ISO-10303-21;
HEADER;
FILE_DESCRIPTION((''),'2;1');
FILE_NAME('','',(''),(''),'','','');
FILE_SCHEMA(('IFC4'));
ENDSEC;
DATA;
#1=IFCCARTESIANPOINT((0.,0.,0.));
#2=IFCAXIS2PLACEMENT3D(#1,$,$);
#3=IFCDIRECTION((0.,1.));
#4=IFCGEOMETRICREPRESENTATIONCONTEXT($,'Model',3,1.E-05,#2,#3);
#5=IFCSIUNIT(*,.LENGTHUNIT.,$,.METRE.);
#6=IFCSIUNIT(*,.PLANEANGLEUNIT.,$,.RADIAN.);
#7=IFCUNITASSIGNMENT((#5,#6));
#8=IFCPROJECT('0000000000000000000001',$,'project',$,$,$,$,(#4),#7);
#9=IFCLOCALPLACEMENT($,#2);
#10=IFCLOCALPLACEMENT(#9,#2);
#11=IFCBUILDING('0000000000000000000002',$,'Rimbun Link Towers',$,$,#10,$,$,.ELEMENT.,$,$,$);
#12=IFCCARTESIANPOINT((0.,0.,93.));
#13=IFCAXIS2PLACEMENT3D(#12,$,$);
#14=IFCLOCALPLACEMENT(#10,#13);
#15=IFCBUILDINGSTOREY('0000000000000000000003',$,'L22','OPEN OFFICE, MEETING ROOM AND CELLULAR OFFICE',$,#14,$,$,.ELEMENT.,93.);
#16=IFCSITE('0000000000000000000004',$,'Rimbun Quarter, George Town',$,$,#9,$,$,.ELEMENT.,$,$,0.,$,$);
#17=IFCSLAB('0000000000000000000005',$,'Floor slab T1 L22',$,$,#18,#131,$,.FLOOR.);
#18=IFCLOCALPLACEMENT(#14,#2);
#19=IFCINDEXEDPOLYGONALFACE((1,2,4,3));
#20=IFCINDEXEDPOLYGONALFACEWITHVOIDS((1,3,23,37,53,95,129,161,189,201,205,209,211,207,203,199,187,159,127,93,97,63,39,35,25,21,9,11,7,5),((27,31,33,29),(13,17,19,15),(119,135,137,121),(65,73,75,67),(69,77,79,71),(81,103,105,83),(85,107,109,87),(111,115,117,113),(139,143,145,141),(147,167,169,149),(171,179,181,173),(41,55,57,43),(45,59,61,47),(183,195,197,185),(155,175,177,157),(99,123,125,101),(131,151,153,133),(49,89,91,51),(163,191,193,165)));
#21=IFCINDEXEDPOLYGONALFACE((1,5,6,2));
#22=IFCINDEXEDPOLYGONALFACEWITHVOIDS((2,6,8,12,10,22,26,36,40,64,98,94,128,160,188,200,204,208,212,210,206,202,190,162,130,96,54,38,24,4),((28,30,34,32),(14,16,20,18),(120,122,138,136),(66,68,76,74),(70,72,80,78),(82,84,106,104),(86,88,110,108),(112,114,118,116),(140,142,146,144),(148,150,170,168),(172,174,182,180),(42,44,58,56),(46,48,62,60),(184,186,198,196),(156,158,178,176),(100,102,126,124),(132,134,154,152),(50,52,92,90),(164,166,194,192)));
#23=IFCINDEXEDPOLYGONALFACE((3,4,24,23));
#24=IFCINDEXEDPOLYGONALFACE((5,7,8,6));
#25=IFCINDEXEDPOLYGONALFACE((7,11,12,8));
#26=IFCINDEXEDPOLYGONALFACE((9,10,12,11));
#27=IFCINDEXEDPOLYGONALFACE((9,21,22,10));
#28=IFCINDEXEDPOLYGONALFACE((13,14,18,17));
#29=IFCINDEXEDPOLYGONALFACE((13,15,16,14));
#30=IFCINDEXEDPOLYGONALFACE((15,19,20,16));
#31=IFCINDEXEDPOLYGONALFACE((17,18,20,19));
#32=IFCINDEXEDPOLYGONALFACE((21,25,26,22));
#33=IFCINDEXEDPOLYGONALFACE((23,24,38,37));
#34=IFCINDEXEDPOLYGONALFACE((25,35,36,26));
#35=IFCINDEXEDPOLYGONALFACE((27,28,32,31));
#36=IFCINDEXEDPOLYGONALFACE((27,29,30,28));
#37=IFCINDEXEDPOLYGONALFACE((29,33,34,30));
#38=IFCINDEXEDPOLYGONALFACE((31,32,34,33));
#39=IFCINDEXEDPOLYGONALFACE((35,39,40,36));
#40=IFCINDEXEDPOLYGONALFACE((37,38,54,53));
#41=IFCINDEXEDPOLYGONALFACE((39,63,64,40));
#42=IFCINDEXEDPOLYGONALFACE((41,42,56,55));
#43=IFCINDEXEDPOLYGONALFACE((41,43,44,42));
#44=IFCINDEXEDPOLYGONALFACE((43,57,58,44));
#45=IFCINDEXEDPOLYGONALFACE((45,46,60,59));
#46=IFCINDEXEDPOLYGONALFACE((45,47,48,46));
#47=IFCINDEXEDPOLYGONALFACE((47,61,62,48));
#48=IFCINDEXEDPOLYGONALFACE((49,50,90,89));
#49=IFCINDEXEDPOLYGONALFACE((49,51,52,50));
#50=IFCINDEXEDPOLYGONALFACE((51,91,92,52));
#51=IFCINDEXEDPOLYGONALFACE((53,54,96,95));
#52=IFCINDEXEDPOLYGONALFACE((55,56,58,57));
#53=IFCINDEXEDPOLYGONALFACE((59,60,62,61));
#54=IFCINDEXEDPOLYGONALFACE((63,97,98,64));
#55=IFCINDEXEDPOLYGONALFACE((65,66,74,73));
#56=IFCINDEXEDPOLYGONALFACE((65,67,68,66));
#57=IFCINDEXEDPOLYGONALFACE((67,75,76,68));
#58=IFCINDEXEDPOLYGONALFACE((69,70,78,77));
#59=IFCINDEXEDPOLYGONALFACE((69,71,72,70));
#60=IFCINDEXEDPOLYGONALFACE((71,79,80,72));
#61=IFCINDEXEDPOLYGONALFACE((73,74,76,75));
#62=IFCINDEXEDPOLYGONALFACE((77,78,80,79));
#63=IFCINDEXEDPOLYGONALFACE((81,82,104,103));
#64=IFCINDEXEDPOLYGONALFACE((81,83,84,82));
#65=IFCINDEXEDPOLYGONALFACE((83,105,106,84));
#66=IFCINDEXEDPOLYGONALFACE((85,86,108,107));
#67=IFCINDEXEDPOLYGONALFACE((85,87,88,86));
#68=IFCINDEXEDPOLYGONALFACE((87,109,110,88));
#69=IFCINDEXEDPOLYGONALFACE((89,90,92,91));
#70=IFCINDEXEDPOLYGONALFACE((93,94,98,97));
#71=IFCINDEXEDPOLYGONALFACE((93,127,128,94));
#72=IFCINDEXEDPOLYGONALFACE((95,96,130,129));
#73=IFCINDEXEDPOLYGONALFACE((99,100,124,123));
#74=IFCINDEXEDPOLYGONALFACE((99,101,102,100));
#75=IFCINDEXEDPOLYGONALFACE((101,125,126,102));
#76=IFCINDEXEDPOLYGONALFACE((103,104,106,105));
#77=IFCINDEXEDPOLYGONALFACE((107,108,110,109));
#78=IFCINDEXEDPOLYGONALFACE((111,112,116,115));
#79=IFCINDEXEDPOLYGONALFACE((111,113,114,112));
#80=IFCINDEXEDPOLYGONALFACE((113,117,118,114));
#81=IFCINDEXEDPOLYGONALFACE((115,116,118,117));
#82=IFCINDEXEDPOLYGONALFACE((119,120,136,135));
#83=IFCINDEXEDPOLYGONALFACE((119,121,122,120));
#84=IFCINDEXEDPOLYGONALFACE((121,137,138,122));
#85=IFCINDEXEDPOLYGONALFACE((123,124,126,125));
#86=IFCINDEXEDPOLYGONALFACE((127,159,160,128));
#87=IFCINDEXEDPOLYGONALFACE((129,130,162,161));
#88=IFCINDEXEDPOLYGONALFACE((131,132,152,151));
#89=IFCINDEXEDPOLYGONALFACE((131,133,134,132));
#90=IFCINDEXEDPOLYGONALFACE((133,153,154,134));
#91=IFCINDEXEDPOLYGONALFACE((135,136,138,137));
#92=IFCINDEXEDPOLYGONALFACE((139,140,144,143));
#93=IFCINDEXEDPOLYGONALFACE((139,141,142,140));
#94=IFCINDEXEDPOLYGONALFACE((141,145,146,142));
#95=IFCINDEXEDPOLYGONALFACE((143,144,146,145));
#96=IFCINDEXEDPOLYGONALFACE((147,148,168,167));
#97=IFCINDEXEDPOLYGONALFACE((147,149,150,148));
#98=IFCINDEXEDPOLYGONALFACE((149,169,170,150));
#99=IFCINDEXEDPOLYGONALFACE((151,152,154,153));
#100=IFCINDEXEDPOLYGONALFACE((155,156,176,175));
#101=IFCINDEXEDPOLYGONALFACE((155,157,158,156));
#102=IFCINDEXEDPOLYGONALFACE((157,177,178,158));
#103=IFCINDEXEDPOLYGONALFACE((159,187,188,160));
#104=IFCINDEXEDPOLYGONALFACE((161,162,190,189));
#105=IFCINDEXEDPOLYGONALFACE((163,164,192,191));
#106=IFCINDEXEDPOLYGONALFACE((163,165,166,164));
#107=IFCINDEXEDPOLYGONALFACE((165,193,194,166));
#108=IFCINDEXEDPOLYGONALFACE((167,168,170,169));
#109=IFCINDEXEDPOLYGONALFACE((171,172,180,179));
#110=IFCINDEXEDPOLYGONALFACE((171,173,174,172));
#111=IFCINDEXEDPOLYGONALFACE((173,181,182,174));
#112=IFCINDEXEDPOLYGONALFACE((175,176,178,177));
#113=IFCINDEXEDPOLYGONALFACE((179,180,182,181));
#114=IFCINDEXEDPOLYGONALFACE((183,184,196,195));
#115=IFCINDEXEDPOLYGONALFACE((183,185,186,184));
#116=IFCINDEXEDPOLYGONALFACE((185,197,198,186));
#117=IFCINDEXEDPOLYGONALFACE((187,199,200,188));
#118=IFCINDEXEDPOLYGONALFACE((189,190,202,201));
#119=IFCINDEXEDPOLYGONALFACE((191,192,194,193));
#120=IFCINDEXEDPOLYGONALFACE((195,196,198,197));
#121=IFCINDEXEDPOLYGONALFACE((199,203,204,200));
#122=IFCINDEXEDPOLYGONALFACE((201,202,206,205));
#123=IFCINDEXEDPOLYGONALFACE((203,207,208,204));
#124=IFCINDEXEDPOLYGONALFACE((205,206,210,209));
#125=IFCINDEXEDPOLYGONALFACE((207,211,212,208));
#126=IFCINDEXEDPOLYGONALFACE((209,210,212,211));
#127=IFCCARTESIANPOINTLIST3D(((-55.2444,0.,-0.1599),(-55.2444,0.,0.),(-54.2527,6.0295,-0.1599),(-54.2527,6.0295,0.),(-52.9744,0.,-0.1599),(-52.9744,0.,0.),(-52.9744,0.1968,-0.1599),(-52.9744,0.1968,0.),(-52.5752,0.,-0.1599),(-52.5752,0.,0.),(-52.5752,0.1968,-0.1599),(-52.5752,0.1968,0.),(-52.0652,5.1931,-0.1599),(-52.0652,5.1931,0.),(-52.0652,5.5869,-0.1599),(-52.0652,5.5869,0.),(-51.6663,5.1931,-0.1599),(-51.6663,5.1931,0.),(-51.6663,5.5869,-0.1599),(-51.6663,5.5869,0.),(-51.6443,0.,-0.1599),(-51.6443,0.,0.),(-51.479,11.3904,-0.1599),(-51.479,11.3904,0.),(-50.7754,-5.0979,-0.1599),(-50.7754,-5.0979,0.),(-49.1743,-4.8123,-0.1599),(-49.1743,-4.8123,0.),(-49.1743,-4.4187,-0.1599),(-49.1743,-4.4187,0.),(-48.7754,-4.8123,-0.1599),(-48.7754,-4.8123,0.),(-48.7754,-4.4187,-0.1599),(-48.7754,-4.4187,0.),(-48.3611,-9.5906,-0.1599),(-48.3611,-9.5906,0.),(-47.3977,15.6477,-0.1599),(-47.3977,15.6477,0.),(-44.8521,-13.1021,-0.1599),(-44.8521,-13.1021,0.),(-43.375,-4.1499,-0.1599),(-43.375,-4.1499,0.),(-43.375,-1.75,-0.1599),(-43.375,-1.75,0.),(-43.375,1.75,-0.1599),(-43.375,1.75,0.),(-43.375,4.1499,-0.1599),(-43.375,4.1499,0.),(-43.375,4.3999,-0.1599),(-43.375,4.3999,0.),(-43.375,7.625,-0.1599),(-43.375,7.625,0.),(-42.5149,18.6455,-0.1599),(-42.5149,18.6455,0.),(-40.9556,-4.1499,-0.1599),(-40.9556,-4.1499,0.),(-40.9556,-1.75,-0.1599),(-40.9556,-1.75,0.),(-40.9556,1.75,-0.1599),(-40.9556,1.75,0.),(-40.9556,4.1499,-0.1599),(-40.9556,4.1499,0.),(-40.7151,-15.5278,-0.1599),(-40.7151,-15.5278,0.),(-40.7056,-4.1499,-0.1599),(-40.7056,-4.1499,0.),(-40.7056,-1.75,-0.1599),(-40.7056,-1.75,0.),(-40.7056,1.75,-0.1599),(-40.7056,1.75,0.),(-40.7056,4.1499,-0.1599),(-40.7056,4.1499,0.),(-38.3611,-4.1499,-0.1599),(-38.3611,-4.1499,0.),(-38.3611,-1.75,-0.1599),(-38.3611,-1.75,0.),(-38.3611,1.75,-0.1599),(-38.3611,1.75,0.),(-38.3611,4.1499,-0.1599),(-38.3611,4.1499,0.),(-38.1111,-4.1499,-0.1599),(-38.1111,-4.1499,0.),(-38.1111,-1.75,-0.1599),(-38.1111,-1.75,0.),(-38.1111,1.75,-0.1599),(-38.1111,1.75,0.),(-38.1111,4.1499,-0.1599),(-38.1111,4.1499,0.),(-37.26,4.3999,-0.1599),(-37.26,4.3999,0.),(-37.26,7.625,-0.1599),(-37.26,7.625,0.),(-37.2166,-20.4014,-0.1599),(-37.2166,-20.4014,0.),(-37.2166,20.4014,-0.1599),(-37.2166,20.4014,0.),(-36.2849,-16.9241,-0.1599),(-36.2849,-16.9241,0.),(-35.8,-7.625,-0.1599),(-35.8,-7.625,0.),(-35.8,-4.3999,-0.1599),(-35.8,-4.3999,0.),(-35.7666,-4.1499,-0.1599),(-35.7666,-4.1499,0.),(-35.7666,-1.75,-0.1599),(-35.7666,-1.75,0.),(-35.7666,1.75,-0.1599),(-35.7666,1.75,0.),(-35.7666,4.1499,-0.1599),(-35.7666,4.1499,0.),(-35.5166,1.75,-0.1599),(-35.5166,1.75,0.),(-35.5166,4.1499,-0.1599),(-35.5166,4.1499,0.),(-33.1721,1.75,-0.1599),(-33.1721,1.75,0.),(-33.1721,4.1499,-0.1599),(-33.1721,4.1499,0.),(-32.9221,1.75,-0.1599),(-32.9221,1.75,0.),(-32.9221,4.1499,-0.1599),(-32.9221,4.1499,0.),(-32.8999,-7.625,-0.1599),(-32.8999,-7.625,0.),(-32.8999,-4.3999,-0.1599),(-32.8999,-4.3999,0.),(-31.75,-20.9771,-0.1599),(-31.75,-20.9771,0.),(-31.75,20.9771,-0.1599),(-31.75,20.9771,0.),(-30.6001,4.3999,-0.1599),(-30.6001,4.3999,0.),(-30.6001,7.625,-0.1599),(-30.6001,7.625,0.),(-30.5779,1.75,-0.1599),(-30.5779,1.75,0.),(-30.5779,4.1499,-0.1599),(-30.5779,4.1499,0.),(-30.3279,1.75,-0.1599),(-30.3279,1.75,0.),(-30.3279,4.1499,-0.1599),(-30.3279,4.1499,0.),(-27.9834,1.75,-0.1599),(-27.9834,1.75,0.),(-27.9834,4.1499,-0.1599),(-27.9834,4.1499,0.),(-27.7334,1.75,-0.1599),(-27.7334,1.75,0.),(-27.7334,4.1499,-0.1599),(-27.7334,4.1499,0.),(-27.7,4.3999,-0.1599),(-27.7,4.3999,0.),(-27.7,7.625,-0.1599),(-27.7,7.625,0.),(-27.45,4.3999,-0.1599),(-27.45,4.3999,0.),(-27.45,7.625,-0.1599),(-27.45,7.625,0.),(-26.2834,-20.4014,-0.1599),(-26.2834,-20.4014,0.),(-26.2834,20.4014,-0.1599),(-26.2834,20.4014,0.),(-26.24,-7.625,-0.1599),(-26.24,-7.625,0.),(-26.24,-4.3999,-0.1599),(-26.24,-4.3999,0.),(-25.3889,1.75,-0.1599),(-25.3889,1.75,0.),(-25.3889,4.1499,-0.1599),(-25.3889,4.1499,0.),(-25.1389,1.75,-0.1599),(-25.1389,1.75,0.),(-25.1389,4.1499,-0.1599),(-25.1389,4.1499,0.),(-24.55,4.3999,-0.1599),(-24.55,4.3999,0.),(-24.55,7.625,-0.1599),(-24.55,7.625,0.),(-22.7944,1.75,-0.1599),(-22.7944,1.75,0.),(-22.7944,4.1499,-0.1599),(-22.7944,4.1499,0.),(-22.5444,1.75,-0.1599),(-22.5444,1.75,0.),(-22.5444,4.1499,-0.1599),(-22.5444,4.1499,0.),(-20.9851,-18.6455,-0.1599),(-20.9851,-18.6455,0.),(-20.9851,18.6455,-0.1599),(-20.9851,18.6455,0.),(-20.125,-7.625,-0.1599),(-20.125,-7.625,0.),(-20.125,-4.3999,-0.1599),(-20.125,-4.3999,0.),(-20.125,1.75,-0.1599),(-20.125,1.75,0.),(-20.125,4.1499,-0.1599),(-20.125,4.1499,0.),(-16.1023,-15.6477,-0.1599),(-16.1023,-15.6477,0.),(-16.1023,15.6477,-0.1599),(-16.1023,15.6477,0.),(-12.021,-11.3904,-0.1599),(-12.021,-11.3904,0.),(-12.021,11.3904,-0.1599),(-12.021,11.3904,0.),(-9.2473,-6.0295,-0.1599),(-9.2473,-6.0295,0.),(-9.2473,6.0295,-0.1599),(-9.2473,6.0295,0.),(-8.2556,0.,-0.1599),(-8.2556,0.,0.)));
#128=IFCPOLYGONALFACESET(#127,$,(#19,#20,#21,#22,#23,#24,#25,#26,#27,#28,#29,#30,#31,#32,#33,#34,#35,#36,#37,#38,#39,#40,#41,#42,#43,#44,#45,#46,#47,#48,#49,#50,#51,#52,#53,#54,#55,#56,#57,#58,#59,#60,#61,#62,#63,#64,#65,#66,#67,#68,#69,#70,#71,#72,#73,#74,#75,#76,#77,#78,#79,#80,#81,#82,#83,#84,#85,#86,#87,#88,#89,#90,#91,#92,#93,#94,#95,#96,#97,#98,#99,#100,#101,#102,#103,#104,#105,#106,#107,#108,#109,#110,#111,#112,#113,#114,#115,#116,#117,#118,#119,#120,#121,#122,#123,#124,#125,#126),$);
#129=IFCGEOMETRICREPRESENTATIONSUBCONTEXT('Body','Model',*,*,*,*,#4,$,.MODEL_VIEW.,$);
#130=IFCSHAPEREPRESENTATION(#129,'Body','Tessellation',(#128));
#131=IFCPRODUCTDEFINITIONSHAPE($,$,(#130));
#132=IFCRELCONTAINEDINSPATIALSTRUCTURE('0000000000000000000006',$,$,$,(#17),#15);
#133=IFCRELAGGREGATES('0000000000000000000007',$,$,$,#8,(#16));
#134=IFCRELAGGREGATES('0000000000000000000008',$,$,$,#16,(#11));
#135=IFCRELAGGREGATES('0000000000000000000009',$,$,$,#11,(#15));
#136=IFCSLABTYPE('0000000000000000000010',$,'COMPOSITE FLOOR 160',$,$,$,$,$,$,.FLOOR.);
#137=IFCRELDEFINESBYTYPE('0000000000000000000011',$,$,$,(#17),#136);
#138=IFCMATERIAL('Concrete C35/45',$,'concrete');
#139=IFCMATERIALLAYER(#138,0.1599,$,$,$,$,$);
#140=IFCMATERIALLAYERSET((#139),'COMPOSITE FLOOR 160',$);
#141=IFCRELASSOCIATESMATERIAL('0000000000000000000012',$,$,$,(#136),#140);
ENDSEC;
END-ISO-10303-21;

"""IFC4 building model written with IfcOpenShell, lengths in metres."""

from ifc_helpers import new_model, si_unit, direction, frame, origin, place, context, subcontext, project, spatial, polyline, outline, extrude, material, layer, layer_set, type_object, element, save


model = new_model("IFC4")

# Units and contexts
model_context = context("Model", 3, precision=1e-05, world=origin(), true_north=direction((0.0, 1.0)))
body_context = subcontext(model_context, "Body", "Model", "MODEL_VIEW")
ifc_project = project(units=[si_unit("LENGTHUNIT", "METRE"), si_unit("PLANEANGLEUNIT", "RADIAN")], contexts=[model_context])

# Site, building, storey
site_placement = place(None, origin())
site = spatial("IfcSite", under=ifc_project, at=site_placement, Name="Rimbun Quarter, George Town", CompositionType="ELEMENT", RefElevation=0.0)
building_placement = place(site_placement, origin())
building = spatial("IfcBuilding", under=site, at=building_placement, Name="Rimbun Link Towers", CompositionType="ELEMENT")
storey_placement = place(building_placement, frame((0.0, 0.0, 93.0)))
storey = spatial("IfcBuildingStorey", under=building, at=storey_placement, Name="L22", Description="OPEN OFFICE, MEETING ROOM AND CELLULAR OFFICE", CompositionType="ELEMENT", Elevation=93.0)

# Slab
ifc_material_1 = material(Name="Concrete C35/45", Category="concrete")
ifc_layer_1 = layer(ifc_material_1, 0.1599)
ifc_layer_set_1 = layer_set([ifc_layer_1], Name="COMPOSITE FLOOR 160")
slab_type_1 = type_object("IfcSlabType", Name="COMPOSITE FLOOR 160", PredefinedType="FLOOR", material=ifc_layer_set_1)
slab_1_placement = place(storey_placement, frame((0.0, 0.0, -0.1599)))
element("IfcSlab", 1, at=slab_1_placement, inside=storey, type_object=slab_type_1, Name="Floor slab T1 L22", PredefinedType="FLOOR", context=body_context, shape_type="SweptSolid", body=[
    extrude(outline(polyline([(-55.2444, 0.0), (-54.2527, 6.0295), (-51.479, 11.3904), (-47.3977, 15.6477), (-42.5149, 18.6455), (-37.2166, 20.4014), (-31.75, 20.9771), (-26.2834, 20.4014), (-20.9851, 18.6455), (-16.1023, 15.6477), (-12.021, 11.3904), (-9.2473, 6.0295), (-8.2556, 0.0), (-9.2473, -6.0295), (-12.021, -11.3904), (-16.1023, -15.6477), (-20.9851, -18.6455), (-26.2834, -20.4014), (-31.75, -20.9771), (-37.2166, -20.4014), (-36.2849, -16.9241), (-40.7151, -15.5278), (-44.8521, -13.1021), (-48.3611, -9.5906), (-50.7754, -5.0979), (-51.6443, 0.0), (-52.5752, 0.0), (-52.5752, 0.1968), (-52.9744, 0.1968), (-52.9744, 0.0), (-55.2444, 0.0)]), holes=[polyline([(-48.7754, -4.8123), (-48.7754, -4.4187), (-49.1743, -4.4187), (-49.1743, -4.8123), (-48.7754, -4.8123)]), polyline([(-40.9556, -4.1499), (-40.9556, -1.75), (-43.375, -1.75), (-43.375, -4.1499), (-40.9556, -4.1499)]), polyline([(-38.3611, -4.1499), (-38.3611, -1.75), (-40.7056, -1.75), (-40.7056, -4.1499), (-38.3611, -4.1499)]), polyline([(-38.1111, -4.1499), (-35.7666, -4.1499), (-35.7666, -1.75), (-38.1111, -1.75), (-38.1111, -4.1499)]), polyline([(-40.9556, 1.75), (-40.9556, 4.1499), (-43.375, 4.1499), (-43.375, 1.75), (-40.9556, 1.75)]), polyline([(-38.3611, 1.75), (-38.3611, 4.1499), (-40.7056, 4.1499), (-40.7056, 1.75), (-38.3611, 1.75)]), polyline([(-35.7666, 1.75), (-35.7666, 4.1499), (-38.1111, 4.1499), (-38.1111, 1.75), (-35.7666, 1.75)]), polyline([(-52.0652, 5.1931), (-51.6663, 5.1931), (-51.6663, 5.5869), (-52.0652, 5.5869), (-52.0652, 5.1931)]), polyline([(-43.375, 4.3999), (-37.26, 4.3999), (-37.26, 7.625), (-43.375, 7.625), (-43.375, 4.3999)]), polyline([(-32.8999, -7.625), (-32.8999, -4.3999), (-35.8, -4.3999), (-35.8, -7.625), (-32.8999, -7.625)]), polyline([(-20.125, -7.625), (-20.125, -4.3999), (-26.24, -4.3999), (-26.24, -7.625), (-20.125, -7.625)]), polyline([(-33.1721, 1.75), (-33.1721, 4.1499), (-35.5166, 4.1499), (-35.5166, 1.75), (-33.1721, 1.75)]), polyline([(-32.9221, 1.75), (-30.5779, 1.75), (-30.5779, 4.1499), (-32.9221, 4.1499), (-32.9221, 1.75)]), polyline([(-30.3279, 1.75), (-27.9834, 1.75), (-27.9834, 4.1499), (-30.3279, 4.1499), (-30.3279, 1.75)]), polyline([(-25.3889, 1.75), (-25.3889, 4.1499), (-27.7334, 4.1499), (-27.7334, 1.75), (-25.3889, 1.75)]), polyline([(-22.7944, 1.75), (-22.7944, 4.1499), (-25.1389, 4.1499), (-25.1389, 1.75), (-22.7944, 1.75)]), polyline([(-20.125, 1.75), (-20.125, 4.1499), (-22.5444, 4.1499), (-22.5444, 1.75), (-20.125, 1.75)]), polyline([(-30.6001, 4.3999), (-27.7, 4.3999), (-27.7, 7.625), (-30.6001, 7.625), (-30.6001, 4.3999)]), polyline([(-27.45, 4.3999), (-24.55, 4.3999), (-24.55, 7.625), (-27.45, 7.625), (-27.45, 4.3999)])]), origin(), (0.0, 0.0, 1.0), 0.1599),
])

save(model, "model.ifc")
